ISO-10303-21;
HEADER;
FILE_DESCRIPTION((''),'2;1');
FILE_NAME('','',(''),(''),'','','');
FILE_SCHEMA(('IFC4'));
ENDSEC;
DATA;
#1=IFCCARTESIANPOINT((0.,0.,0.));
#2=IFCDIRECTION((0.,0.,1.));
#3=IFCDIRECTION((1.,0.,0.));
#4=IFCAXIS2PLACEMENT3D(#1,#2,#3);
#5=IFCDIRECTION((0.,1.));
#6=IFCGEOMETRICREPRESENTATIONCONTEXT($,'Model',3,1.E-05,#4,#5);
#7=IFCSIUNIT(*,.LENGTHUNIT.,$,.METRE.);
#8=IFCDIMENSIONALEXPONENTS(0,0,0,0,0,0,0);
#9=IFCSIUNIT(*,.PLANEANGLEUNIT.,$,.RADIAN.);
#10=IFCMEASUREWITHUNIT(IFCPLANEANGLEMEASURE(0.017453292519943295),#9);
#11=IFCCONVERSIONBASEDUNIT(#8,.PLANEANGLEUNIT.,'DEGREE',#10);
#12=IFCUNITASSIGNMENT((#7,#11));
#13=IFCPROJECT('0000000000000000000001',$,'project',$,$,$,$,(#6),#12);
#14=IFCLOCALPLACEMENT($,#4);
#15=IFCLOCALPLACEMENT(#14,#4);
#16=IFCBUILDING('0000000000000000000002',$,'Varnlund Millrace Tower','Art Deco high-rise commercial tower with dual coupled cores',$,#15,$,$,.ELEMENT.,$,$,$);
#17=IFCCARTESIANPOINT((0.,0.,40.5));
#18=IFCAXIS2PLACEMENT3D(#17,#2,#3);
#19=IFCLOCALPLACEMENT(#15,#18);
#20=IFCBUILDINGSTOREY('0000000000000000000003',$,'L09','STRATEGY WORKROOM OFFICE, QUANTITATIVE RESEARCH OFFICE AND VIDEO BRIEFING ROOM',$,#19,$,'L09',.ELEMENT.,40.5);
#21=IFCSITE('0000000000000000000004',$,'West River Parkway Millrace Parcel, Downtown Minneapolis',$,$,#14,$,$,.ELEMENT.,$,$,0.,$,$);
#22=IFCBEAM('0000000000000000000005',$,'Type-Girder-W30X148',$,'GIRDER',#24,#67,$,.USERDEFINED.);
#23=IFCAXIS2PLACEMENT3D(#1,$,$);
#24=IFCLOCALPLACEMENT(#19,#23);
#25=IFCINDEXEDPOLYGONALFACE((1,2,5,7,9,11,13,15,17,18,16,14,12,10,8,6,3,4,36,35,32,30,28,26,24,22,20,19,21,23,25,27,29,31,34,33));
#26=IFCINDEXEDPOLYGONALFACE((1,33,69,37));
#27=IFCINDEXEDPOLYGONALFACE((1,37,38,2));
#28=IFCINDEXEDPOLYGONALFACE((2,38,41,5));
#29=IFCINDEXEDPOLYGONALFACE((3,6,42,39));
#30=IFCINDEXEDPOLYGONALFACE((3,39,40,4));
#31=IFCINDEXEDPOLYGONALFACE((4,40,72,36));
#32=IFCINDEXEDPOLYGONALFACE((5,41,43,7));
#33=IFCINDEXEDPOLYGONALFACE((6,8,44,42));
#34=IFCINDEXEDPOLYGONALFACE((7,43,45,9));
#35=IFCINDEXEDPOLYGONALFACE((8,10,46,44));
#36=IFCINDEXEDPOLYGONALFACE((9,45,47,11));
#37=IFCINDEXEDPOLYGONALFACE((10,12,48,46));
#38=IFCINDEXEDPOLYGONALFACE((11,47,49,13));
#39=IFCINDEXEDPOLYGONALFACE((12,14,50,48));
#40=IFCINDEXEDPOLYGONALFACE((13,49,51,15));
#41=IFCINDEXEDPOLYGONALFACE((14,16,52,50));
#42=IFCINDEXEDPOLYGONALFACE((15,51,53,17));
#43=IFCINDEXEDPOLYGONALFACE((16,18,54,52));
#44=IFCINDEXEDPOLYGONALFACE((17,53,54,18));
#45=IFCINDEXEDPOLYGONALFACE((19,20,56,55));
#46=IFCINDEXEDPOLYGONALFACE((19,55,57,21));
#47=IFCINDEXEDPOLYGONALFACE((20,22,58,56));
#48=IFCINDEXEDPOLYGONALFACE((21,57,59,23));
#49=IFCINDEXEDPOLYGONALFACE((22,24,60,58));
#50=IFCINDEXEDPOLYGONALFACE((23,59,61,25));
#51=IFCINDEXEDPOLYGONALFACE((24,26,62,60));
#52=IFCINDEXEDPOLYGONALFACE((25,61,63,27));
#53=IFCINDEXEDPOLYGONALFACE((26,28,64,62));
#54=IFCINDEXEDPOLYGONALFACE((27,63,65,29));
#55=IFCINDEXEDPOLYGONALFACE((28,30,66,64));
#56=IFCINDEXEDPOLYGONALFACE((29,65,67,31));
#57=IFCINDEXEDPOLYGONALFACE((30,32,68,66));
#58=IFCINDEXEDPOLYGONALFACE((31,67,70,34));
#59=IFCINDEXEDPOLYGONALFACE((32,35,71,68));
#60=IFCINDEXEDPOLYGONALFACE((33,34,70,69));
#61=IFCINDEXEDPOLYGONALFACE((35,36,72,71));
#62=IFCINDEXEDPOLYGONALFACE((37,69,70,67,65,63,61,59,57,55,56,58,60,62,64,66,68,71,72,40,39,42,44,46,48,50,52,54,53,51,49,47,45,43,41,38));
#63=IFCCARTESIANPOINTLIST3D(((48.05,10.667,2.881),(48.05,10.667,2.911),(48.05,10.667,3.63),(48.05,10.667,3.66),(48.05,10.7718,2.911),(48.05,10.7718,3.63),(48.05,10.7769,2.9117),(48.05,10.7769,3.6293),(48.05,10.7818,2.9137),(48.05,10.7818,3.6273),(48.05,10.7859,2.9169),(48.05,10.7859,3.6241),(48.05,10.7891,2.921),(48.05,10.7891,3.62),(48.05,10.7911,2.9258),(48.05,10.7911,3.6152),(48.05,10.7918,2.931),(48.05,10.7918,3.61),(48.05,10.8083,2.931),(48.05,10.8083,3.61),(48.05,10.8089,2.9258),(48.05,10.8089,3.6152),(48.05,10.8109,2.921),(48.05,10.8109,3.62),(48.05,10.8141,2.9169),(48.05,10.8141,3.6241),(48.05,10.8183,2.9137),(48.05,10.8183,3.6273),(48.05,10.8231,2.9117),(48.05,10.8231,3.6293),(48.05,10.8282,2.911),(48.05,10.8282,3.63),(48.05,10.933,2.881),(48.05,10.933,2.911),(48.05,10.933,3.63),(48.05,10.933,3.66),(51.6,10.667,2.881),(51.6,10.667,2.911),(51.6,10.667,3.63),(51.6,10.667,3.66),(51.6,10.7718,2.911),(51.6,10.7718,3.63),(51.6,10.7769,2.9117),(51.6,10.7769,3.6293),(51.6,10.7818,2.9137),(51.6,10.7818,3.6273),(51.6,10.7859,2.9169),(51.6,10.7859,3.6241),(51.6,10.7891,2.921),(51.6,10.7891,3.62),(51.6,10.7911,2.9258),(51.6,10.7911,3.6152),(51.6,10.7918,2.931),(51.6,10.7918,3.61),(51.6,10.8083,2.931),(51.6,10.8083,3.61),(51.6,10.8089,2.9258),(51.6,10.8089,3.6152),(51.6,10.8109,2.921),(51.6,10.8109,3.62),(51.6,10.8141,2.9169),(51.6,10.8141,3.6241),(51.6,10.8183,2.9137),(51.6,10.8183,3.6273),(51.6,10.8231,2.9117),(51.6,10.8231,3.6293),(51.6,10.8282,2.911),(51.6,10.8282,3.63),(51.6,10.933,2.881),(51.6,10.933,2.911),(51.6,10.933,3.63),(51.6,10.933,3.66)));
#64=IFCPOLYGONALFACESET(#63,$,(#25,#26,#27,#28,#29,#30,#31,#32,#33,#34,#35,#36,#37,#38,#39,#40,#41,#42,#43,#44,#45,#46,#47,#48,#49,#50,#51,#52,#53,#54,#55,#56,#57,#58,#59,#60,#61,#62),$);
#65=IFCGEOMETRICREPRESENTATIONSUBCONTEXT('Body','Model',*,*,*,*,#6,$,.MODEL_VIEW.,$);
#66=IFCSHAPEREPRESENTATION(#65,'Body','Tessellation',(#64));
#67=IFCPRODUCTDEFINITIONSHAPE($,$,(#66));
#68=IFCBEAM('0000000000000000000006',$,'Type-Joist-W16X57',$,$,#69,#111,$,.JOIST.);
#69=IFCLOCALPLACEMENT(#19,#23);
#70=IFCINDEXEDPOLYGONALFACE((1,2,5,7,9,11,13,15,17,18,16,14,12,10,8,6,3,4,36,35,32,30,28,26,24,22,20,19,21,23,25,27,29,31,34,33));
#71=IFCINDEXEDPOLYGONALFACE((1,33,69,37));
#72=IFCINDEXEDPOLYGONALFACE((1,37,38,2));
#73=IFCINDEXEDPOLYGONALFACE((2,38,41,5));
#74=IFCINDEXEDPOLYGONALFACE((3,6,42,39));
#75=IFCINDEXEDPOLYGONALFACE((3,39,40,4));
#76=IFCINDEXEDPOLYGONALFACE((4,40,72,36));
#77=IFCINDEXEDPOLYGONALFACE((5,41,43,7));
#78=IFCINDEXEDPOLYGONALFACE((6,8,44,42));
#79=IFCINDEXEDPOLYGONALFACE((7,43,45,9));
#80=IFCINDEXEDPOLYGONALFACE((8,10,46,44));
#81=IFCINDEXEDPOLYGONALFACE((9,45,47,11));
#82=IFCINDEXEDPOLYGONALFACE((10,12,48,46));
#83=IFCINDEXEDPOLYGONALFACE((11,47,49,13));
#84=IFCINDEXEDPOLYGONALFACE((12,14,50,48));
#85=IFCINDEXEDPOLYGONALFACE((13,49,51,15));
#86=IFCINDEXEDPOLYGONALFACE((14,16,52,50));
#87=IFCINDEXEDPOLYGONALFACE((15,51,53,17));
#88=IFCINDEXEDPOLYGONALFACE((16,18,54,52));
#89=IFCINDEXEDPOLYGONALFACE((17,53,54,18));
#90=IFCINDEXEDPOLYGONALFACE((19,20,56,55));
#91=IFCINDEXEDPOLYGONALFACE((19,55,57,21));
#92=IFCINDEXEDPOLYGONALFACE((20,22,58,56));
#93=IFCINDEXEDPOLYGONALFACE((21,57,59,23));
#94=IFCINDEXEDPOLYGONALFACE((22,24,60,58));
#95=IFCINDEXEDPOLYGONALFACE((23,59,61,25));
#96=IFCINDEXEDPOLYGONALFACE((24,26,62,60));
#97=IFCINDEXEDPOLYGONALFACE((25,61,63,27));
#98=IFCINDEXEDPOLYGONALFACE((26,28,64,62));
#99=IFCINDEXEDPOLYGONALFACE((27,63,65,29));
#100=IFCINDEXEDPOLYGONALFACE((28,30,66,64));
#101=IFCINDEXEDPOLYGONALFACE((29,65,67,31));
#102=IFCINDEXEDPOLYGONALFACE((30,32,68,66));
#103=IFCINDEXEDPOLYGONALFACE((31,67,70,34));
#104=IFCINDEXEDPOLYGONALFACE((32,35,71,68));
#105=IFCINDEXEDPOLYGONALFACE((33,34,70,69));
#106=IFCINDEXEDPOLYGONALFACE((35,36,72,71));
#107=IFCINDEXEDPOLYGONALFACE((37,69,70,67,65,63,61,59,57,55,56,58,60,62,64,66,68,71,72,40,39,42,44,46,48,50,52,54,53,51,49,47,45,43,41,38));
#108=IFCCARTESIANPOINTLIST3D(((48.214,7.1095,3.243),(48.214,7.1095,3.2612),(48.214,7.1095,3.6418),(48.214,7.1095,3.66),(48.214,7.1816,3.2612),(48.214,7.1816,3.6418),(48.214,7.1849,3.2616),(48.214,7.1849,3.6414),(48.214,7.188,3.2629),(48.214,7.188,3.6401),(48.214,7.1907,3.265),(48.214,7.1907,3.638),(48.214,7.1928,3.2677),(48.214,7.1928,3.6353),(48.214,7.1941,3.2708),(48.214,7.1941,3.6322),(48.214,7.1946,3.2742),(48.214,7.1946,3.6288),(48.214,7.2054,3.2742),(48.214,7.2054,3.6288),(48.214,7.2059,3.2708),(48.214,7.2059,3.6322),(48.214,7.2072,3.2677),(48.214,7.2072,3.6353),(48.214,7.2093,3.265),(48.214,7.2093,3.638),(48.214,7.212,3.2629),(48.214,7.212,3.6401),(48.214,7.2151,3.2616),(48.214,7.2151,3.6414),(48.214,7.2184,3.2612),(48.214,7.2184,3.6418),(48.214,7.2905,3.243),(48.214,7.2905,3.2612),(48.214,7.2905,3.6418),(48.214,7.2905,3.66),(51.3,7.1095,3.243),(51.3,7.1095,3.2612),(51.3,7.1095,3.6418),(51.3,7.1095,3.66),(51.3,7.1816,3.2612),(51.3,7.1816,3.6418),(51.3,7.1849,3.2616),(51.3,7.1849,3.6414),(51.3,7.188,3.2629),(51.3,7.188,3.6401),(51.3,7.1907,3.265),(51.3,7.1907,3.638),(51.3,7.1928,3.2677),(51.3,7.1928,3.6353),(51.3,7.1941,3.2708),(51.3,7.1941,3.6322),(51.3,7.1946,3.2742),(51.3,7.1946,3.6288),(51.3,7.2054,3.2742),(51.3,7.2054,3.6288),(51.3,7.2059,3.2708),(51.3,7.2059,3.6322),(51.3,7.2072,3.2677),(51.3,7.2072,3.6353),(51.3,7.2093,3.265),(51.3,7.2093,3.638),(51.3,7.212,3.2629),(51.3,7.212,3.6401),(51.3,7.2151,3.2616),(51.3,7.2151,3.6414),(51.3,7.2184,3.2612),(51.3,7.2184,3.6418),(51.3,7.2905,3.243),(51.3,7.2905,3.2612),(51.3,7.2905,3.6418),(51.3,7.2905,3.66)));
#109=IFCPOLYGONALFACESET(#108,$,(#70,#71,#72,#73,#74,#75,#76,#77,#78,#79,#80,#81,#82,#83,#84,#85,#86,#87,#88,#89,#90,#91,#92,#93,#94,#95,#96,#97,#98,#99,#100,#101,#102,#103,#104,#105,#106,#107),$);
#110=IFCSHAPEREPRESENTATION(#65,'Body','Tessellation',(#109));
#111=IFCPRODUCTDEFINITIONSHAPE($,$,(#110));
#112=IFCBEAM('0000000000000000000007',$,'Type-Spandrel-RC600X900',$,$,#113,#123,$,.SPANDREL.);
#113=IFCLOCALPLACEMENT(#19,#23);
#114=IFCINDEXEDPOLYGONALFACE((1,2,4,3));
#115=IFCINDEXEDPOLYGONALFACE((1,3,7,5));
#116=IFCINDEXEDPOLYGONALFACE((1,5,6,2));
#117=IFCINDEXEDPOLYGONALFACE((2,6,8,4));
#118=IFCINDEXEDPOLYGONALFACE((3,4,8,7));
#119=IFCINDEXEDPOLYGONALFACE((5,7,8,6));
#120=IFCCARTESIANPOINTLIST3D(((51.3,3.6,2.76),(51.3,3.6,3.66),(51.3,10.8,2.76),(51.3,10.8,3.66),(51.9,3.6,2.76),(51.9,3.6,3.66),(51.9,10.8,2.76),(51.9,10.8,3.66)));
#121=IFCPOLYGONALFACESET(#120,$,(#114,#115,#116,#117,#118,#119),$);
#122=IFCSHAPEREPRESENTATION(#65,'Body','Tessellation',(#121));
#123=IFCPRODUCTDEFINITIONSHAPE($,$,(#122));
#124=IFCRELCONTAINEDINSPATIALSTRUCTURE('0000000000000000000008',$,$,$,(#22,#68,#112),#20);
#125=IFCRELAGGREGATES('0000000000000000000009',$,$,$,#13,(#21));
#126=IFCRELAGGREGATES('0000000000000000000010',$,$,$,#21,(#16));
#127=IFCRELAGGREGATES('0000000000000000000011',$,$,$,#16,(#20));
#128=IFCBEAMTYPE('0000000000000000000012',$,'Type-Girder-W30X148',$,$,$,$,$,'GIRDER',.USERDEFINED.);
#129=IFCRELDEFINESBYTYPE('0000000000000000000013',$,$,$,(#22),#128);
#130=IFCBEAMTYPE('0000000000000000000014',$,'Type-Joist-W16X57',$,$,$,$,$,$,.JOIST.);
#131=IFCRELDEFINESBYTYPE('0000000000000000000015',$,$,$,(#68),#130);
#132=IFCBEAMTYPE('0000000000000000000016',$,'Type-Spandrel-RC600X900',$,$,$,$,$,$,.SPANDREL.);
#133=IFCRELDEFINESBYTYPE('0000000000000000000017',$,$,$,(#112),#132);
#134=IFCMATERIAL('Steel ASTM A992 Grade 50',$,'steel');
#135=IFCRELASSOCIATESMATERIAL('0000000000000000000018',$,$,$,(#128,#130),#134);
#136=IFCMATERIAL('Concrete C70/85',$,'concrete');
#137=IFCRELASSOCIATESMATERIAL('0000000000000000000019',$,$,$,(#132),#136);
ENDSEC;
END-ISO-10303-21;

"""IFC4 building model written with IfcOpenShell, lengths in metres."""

from ifc_helpers import new_model, entity, si_unit, converted_unit, direction, frame, origin_with_axes, origin_2d_with_axis, place, context, subcontext, project, spatial, rectangle, i_section, extrude, material, material_profile, profile_set, type_object, element, save


model = new_model("IFC4")

# Units and contexts
model_context = context("Model", 3, precision=1e-05, world=origin_with_axes(), true_north=direction((0.0, 1.0)))
body_context = subcontext(model_context, "Body", "Model", "MODEL_VIEW")
ifc_project = project(units=[si_unit("LENGTHUNIT", "METRE"), converted_unit("PLANEANGLEUNIT", "DEGREE", entity("IfcPlaneAngleMeasure", 0.017453292519943295), si_unit("PLANEANGLEUNIT", "RADIAN"), dimensions=[0, 0, 0, 0, 0, 0, 0])], contexts=[model_context])

# Site, building, storey
site_placement = place(None, origin_with_axes())
site = spatial("IfcSite", under=ifc_project, at=site_placement, Name="West River Parkway Millrace Parcel, Downtown Minneapolis", CompositionType="ELEMENT", RefElevation=0.0)
building_placement = place(site_placement, origin_with_axes())
building = spatial("IfcBuilding", under=site, at=building_placement, Name="Varnlund Millrace Tower", Description="Art Deco high-rise commercial tower with dual coupled cores", CompositionType="ELEMENT")
storey_placement = place(building_placement, frame((0.0, 0.0, 40.5), z_axis=(0.0, 0.0, 1.0), x_axis=(1.0, 0.0, 0.0)))
storey = spatial("IfcBuildingStorey", under=building, at=storey_placement, Name="L09", Description="STRATEGY WORKROOM OFFICE, QUANTITATIVE RESEARCH OFFICE AND VIDEO BRIEFING ROOM", LongName="L09", CompositionType="ELEMENT", Elevation=40.5)

# Beams
ifc_material_1 = material(Name="Steel ASTM A992 Grade 50", Category="steel")
ifc_material_profile_1 = material_profile(ifc_material_1, i_section(OverallWidth=0.266, OverallDepth=0.779, WebThickness=0.0165, FlangeThickness=0.03, FilletRadius=0.02, at=origin_2d_with_axis()), Name="Steel ASTM A992 Grade 50")
ifc_profile_set_1 = profile_set([ifc_material_profile_1], Name="Steel ASTM A992 Grade 50")
beam_type_1 = type_object("IfcBeamType", Name="Type-Girder-W30X148", ElementType="GIRDER", PredefinedType="USERDEFINED", material=ifc_profile_set_1)
for number, where, z_axis, x_axis, name in (
    (1, (48.05, 10.8, 3.2705), (1.0, 0.0, 0.0), (0.0, 1.0, 0.0), "Type-Girder-W30X148"),
):
    element("IfcBeam", number, at=place(storey_placement, frame(where, z_axis=z_axis, x_axis=x_axis)), inside=storey, type_object=beam_type_1, Name=name, ObjectType="GIRDER", PredefinedType="USERDEFINED", context=body_context, shape_type="SweptSolid", body=[
        extrude(i_section(OverallWidth=0.266, OverallDepth=0.779, WebThickness=0.0165, FlangeThickness=0.03, FilletRadius=0.02, at=origin_2d_with_axis()), origin_with_axes(), (0.0, 0.0, 1.0), 3.55),
    ])
ifc_material_profile_2 = material_profile(ifc_material_1, i_section(OverallWidth=0.181, OverallDepth=0.417, WebThickness=0.0109, FlangeThickness=0.0182, FilletRadius=0.013, at=origin_2d_with_axis()), Name="Steel ASTM A992 Grade 50")
ifc_profile_set_2 = profile_set([ifc_material_profile_2], Name="Steel ASTM A992 Grade 50")
beam_type_2 = type_object("IfcBeamType", Name="Type-Joist-W16X57", PredefinedType="JOIST", material=ifc_profile_set_2)
beam_1_placement = place(storey_placement, frame((48.214, 7.2, 3.4515), z_axis=(1.0, 0.0, 0.0), x_axis=(0.0, 1.0, 0.0)))
element("IfcBeam", 2, at=beam_1_placement, inside=storey, type_object=beam_type_2, Name="Type-Joist-W16X57", PredefinedType="JOIST", context=body_context, shape_type="SweptSolid", body=[
    extrude(i_section(OverallWidth=0.181, OverallDepth=0.417, WebThickness=0.0109, FlangeThickness=0.0182, FilletRadius=0.013, at=origin_2d_with_axis()), origin_with_axes(), (0.0, 0.0, 1.0), 3.086),
])
ifc_material_2 = material(Name="Concrete C70/85", Category="concrete")
ifc_material_profile_3 = material_profile(ifc_material_2, rectangle(XDim=0.6, YDim=0.9, at=origin_2d_with_axis()), Name="Concrete C70/85")
ifc_profile_set_3 = profile_set([ifc_material_profile_3], Name="Concrete C70/85")
beam_type_3 = type_object("IfcBeamType", Name="Type-Spandrel-RC600X900", PredefinedType="SPANDREL", material=ifc_profile_set_3)
beam_2_placement = place(storey_placement, frame((51.6, 3.6, 3.21), z_axis=(0.0, 1.0, 0.0), x_axis=(-1.0, 0.0, 0.0)))
element("IfcBeam", 3, at=beam_2_placement, inside=storey, type_object=beam_type_3, Name="Type-Spandrel-RC600X900", PredefinedType="SPANDREL", context=body_context, shape_type="SweptSolid", body=[
    extrude(rectangle(XDim=0.6, YDim=0.9, at=origin_2d_with_axis()), origin_with_axes(), (0.0, 0.0, 1.0), 7.2),
])

save(model, "model.ifc")
